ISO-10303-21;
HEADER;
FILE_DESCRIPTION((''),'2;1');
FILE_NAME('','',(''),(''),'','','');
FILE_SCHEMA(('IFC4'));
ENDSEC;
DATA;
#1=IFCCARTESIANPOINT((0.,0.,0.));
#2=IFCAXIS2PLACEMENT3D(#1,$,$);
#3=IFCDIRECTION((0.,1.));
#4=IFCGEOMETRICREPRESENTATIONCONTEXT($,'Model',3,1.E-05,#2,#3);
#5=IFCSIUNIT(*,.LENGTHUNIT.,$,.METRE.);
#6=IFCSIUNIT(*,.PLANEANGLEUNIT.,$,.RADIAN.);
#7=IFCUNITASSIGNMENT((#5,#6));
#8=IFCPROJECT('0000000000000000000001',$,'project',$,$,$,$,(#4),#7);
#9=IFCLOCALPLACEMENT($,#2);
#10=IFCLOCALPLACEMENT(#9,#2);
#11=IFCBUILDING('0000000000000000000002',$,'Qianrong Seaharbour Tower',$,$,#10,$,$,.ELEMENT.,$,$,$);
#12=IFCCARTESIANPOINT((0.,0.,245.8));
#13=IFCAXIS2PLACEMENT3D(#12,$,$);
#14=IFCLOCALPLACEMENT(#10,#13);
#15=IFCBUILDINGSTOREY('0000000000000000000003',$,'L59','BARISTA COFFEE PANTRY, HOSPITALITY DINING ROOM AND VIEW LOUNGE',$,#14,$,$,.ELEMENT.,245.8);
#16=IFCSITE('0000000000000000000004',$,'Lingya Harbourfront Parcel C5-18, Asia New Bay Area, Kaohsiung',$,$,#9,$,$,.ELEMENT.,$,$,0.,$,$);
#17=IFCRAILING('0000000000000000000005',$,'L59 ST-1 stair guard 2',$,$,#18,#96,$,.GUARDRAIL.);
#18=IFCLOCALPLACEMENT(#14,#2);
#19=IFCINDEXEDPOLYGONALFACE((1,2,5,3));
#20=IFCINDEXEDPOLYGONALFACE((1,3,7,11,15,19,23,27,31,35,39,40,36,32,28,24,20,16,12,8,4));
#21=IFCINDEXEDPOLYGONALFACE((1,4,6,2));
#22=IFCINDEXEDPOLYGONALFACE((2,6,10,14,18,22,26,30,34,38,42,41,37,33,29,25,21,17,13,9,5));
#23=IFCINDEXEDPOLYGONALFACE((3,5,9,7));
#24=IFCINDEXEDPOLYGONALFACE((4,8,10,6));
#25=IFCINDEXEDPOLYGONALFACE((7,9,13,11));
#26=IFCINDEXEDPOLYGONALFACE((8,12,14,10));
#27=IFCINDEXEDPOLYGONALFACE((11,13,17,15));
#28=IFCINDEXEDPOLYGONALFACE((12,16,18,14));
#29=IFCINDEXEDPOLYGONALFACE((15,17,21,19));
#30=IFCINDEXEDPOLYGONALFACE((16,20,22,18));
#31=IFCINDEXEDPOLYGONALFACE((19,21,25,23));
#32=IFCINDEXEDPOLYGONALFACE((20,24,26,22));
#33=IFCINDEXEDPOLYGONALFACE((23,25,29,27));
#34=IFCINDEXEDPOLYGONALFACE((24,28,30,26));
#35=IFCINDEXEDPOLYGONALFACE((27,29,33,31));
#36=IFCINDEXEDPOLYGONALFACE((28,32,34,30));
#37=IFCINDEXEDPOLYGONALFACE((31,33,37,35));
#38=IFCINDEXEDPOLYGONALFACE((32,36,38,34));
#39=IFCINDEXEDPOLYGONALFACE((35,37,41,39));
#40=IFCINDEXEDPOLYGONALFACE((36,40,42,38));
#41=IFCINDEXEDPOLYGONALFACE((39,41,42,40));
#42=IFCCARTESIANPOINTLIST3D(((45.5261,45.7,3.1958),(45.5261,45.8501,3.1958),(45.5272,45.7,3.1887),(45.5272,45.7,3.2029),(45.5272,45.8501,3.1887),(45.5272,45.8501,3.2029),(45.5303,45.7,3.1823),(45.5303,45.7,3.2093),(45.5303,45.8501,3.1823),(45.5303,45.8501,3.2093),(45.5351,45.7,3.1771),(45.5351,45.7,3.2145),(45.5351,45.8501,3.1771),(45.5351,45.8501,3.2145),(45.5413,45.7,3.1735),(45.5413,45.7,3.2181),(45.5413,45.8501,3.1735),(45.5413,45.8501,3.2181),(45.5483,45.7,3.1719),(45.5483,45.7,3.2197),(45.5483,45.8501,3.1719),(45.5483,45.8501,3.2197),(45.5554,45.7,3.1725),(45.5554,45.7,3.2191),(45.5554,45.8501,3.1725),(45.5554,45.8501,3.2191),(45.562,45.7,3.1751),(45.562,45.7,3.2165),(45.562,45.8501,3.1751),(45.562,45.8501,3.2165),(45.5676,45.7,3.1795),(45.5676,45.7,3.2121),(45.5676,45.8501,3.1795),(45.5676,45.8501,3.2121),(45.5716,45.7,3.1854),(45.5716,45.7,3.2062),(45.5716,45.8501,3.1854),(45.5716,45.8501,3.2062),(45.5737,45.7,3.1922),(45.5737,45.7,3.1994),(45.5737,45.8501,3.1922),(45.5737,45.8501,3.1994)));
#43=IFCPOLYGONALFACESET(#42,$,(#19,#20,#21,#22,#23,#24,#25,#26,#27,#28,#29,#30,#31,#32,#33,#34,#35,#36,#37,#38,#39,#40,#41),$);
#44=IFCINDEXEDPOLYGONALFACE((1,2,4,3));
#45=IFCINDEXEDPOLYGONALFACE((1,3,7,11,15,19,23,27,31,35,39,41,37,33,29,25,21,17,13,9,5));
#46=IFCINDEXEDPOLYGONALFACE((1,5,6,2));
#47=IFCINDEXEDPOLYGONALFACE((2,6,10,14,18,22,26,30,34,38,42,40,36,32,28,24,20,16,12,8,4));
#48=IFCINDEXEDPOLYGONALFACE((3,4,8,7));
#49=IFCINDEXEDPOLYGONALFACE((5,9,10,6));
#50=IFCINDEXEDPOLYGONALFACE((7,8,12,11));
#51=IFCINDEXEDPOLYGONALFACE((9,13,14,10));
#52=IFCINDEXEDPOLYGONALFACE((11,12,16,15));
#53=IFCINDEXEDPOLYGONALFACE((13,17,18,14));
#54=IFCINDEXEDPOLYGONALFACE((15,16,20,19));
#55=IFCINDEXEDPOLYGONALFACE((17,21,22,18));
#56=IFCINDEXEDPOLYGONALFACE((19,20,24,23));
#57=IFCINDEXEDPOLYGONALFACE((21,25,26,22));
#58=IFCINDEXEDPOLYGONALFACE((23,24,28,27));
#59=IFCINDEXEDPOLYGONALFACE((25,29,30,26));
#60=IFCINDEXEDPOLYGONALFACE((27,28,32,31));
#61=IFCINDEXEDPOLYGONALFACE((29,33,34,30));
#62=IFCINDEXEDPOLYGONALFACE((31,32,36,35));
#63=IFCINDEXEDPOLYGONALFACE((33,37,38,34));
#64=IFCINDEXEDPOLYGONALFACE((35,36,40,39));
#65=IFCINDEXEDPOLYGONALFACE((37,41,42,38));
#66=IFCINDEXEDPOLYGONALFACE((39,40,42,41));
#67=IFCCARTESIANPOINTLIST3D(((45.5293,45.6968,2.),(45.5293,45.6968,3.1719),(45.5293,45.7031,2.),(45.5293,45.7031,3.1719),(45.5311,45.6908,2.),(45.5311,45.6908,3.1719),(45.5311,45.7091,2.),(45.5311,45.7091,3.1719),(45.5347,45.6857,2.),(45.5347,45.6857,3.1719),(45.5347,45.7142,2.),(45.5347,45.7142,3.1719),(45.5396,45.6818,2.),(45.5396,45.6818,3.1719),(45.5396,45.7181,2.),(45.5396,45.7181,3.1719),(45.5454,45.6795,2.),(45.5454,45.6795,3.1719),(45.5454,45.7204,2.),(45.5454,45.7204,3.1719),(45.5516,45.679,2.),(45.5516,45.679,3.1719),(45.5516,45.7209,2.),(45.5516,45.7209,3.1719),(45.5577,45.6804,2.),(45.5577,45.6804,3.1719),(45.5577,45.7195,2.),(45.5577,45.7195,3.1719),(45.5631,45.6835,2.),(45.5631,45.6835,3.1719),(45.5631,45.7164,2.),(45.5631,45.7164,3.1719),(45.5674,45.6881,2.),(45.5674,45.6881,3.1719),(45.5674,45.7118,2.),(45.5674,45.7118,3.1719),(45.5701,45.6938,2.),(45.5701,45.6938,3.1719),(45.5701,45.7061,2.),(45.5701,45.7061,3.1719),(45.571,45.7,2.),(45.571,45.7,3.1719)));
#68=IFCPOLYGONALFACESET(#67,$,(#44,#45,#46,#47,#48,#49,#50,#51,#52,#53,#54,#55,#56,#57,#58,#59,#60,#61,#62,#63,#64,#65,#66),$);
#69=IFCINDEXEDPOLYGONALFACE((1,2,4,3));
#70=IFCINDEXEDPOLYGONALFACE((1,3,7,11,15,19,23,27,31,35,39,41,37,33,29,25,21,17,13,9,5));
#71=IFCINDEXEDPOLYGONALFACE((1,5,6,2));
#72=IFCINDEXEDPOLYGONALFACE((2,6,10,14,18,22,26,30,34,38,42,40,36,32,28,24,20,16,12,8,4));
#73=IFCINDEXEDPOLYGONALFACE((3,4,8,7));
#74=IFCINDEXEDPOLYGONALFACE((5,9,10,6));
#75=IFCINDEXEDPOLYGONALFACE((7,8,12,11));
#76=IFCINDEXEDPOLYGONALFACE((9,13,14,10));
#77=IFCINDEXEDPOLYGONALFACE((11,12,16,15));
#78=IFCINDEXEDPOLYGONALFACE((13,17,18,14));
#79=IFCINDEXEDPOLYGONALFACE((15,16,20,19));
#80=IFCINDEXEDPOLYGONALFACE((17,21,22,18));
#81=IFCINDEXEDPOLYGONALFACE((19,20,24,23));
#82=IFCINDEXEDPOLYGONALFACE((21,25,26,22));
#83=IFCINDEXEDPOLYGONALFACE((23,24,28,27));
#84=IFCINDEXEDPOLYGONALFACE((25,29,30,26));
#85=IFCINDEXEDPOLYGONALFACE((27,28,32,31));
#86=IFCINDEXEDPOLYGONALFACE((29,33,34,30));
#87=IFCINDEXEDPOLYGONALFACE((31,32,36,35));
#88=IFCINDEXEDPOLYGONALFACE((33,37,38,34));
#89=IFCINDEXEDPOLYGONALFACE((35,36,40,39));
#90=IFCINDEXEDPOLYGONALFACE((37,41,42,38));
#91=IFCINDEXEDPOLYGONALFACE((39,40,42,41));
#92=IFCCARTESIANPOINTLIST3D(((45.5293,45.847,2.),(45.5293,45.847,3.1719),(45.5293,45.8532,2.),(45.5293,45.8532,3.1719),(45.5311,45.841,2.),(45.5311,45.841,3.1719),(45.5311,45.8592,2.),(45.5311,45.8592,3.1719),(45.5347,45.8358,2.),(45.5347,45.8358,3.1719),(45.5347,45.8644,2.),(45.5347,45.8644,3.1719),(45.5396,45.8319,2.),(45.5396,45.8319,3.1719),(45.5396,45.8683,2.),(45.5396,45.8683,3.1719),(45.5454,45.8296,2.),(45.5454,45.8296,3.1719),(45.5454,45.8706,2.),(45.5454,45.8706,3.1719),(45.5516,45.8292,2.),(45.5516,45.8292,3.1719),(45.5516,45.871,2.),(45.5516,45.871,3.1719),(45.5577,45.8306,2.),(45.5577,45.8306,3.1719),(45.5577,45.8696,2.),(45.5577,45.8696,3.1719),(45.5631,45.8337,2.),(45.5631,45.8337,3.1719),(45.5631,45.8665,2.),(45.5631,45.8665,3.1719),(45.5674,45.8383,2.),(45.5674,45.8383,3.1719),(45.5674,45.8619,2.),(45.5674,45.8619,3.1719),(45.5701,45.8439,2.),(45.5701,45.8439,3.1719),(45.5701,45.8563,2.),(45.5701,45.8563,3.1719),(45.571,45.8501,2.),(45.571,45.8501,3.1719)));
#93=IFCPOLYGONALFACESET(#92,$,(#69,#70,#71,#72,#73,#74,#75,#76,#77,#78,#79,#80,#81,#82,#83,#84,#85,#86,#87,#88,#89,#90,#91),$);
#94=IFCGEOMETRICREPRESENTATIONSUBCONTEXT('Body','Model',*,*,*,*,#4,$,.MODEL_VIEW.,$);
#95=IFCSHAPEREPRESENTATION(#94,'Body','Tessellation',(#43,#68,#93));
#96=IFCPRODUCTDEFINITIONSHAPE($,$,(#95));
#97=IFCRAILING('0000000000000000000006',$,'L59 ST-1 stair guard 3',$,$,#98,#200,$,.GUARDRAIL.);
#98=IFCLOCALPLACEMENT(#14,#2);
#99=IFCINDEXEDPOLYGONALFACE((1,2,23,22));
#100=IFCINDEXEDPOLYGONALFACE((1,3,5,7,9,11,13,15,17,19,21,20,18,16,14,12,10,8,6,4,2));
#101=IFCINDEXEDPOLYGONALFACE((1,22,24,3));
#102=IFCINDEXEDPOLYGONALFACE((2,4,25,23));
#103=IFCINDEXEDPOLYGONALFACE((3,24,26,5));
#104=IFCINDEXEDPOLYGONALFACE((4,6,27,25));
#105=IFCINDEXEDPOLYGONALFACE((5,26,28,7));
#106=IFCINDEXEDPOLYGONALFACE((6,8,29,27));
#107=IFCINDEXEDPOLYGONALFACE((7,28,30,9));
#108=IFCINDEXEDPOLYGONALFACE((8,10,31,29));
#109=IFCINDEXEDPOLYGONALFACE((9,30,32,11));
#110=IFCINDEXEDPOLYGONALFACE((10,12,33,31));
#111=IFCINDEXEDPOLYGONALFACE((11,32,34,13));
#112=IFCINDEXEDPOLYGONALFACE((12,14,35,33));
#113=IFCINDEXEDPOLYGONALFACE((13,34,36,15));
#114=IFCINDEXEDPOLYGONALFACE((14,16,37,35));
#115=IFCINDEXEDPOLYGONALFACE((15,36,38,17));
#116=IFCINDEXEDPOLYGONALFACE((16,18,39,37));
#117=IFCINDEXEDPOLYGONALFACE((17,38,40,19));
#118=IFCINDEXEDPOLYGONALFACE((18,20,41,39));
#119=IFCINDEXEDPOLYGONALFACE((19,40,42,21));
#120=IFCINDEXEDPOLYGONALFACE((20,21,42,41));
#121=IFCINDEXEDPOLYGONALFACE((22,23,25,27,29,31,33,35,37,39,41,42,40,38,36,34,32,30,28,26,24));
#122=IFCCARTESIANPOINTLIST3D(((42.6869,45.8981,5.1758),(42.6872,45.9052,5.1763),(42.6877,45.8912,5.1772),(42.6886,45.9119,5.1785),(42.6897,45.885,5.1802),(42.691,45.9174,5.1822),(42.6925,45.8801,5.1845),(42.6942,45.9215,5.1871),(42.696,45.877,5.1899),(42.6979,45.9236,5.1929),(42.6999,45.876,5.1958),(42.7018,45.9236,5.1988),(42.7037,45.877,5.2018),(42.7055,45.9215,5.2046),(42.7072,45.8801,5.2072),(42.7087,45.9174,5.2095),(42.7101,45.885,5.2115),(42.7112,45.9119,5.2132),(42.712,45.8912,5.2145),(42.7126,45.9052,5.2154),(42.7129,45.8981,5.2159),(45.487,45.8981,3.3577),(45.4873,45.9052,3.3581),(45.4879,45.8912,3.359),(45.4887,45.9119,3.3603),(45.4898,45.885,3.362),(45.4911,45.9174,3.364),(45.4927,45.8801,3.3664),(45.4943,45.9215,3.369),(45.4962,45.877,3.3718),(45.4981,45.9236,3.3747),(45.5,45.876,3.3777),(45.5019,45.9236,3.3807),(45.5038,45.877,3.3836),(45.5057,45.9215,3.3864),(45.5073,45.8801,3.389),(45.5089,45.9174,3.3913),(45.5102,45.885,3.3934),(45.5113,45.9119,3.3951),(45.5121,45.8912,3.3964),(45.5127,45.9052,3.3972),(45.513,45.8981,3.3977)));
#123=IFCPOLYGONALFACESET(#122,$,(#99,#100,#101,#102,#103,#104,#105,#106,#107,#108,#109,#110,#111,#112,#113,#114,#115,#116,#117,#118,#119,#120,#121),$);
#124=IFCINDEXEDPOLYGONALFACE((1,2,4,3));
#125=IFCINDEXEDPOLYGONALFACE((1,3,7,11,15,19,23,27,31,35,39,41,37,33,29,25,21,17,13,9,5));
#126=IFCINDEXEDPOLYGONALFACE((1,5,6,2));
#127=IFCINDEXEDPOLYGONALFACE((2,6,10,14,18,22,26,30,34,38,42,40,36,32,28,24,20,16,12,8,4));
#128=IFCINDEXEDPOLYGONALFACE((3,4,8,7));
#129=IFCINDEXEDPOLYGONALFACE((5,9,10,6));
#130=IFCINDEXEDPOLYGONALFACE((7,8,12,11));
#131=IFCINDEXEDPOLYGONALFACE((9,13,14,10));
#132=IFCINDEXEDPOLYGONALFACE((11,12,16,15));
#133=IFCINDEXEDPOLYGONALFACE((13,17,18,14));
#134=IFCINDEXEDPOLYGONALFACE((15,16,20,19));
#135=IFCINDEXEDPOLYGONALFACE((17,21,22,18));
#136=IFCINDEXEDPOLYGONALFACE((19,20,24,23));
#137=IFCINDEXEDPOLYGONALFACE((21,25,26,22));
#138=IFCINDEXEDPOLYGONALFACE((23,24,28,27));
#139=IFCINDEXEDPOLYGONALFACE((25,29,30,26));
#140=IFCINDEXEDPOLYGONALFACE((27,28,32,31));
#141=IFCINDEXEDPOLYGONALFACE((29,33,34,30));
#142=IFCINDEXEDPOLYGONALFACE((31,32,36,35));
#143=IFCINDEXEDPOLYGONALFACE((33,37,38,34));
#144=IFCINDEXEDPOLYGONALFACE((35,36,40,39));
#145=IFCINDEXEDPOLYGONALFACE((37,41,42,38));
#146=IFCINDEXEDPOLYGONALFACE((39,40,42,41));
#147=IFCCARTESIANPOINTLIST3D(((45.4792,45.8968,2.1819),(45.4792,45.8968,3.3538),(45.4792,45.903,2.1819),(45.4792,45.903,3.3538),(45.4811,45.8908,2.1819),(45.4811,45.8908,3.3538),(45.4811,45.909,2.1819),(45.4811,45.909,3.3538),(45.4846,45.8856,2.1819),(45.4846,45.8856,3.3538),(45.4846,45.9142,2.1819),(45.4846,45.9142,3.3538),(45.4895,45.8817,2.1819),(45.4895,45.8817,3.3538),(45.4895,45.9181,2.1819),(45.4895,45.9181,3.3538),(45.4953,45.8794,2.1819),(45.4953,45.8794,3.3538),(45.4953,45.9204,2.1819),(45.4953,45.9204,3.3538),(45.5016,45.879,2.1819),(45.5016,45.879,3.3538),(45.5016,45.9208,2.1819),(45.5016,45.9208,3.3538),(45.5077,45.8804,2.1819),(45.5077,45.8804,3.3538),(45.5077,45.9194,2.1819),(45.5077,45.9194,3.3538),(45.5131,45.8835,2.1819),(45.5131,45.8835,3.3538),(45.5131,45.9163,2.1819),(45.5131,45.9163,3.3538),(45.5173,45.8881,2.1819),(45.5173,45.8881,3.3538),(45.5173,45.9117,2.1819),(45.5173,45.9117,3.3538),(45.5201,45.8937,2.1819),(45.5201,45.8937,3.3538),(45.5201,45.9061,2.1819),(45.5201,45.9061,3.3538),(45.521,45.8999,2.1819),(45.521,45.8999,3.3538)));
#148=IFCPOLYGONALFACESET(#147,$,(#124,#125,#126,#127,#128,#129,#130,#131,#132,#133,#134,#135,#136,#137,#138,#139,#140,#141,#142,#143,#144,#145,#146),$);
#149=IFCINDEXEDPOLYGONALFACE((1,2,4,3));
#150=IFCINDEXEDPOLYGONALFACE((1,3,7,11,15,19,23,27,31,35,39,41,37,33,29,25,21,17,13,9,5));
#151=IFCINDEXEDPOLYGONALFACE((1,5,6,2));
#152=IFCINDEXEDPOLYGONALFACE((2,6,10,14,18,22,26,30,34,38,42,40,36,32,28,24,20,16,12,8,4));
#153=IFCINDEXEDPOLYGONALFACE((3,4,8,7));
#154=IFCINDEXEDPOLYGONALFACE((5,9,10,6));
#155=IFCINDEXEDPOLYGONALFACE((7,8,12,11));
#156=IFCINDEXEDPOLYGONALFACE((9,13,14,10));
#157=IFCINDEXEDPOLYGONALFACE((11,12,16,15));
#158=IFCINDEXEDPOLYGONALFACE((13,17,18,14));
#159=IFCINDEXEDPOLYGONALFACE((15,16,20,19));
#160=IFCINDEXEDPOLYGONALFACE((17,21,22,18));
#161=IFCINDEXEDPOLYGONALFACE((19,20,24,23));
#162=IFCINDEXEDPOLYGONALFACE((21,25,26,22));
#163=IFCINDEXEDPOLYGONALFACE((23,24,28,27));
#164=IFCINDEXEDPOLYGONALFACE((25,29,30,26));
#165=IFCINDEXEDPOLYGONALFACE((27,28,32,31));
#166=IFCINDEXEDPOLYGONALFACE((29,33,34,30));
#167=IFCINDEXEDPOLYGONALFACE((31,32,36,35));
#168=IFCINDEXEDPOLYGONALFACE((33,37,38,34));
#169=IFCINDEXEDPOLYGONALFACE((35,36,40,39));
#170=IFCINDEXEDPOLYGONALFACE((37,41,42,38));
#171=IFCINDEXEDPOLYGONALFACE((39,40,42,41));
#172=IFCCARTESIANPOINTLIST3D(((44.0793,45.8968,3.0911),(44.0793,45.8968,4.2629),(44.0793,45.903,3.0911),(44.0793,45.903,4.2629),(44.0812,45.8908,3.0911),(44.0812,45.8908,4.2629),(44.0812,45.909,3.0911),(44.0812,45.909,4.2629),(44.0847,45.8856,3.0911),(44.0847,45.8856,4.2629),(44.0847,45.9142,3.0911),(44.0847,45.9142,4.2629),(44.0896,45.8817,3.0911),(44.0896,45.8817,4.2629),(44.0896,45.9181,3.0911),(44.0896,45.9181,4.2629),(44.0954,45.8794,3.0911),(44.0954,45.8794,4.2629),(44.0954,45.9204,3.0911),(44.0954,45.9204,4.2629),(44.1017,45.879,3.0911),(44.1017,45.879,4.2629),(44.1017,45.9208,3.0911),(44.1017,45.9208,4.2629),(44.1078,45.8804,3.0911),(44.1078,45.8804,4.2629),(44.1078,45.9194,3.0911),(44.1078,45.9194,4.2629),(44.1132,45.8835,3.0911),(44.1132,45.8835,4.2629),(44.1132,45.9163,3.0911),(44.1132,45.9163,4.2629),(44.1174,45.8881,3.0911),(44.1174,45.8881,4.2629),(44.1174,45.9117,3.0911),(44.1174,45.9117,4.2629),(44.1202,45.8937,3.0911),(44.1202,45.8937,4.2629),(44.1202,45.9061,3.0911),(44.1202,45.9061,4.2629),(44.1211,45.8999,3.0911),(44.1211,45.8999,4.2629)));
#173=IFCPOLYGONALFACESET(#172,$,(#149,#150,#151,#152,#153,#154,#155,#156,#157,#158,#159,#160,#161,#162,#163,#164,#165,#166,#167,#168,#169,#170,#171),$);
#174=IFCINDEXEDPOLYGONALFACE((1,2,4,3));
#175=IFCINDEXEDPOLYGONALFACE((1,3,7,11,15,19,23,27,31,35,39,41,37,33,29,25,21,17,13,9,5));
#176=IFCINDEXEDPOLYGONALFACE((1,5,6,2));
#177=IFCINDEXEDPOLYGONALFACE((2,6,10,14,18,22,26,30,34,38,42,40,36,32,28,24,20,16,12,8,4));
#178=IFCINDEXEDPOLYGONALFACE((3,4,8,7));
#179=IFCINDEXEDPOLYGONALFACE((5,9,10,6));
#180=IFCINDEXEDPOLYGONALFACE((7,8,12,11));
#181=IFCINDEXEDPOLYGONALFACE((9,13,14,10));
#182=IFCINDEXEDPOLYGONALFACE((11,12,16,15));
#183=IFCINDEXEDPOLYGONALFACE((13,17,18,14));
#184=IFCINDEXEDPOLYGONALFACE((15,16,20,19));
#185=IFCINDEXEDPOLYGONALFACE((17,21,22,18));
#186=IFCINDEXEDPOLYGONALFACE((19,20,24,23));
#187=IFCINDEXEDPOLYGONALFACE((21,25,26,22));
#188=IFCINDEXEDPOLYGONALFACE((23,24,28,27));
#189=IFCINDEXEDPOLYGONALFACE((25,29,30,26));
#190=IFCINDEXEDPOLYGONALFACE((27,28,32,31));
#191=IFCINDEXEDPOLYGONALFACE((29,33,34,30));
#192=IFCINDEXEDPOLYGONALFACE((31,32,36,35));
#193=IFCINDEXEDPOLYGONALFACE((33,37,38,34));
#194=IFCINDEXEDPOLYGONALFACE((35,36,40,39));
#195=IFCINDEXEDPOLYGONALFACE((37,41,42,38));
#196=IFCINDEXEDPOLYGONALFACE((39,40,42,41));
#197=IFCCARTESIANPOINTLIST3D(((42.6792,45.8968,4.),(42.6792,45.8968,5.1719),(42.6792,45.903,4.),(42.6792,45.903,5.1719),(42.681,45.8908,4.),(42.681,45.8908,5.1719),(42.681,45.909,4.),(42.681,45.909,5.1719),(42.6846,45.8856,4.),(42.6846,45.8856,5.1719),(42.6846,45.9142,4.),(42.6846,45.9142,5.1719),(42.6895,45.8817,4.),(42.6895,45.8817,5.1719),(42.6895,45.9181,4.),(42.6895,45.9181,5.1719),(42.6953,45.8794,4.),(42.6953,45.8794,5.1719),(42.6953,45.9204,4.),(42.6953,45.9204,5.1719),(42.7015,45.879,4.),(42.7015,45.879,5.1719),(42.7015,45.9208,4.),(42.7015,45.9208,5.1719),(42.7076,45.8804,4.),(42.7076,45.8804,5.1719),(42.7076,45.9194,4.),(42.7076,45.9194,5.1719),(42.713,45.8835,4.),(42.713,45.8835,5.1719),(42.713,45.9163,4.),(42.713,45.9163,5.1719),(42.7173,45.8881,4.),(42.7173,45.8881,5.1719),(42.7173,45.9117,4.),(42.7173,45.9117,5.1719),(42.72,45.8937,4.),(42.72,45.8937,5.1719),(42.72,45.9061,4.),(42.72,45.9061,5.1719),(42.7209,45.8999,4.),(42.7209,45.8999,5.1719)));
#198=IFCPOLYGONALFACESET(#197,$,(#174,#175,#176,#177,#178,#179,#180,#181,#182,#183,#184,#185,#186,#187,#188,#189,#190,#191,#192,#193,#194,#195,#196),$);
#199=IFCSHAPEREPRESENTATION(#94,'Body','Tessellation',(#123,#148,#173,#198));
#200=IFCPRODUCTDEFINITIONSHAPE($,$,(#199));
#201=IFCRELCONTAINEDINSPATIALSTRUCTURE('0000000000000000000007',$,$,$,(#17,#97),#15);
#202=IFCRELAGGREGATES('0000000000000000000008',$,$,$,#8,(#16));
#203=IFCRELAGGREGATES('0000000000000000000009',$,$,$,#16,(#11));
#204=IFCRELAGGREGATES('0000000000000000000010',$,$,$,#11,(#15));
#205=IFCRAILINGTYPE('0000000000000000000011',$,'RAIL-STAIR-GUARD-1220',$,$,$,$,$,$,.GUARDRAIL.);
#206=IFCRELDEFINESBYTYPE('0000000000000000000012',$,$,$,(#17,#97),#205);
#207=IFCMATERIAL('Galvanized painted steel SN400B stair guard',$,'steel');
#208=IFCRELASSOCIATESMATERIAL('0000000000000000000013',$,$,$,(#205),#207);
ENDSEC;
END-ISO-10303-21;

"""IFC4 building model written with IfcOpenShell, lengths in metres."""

from ifc_helpers import new_model, si_unit, direction, frame, origin, origin_2d, place, context, subcontext, project, spatial, circle, extrude, material, type_object, element, save


model = new_model("IFC4")

# Units and contexts
model_context = context("Model", 3, precision=1e-05, world=origin(), true_north=direction((0.0, 1.0)))
body_context = subcontext(model_context, "Body", "Model", "MODEL_VIEW")
ifc_project = project(units=[si_unit("LENGTHUNIT", "METRE"), si_unit("PLANEANGLEUNIT", "RADIAN")], contexts=[model_context])

# Site, building, storey
site_placement = place(None, origin())
site = spatial("IfcSite", under=ifc_project, at=site_placement, Name="Lingya Harbourfront Parcel C5-18, Asia New Bay Area, Kaohsiung", CompositionType="ELEMENT", RefElevation=0.0)
building_placement = place(site_placement, origin())
building = spatial("IfcBuilding", under=site, at=building_placement, Name="Qianrong Seaharbour Tower", CompositionType="ELEMENT")
storey_placement = place(building_placement, frame((0.0, 0.0, 245.8)))
storey = spatial("IfcBuildingStorey", under=building, at=storey_placement, Name="L59", Description="BARISTA COFFEE PANTRY, HOSPITALITY DINING ROOM AND VIEW LOUNGE", CompositionType="ELEMENT", Elevation=245.8)

# Railings
ifc_material_1 = material(Name="Galvanized painted steel SN400B stair guard", Category="steel")
railing_type_1 = type_object("IfcRailingType", Name="RAIL-STAIR-GUARD-1220", PredefinedType="GUARDRAIL", material=ifc_material_1)
railing_1_placement = place(storey_placement, frame((45.55, 45.7, 2.0)))
element("IfcRailing", 1, at=railing_1_placement, inside=storey, type_object=railing_type_1, Name="L59 ST-1 stair guard 2", PredefinedType="GUARDRAIL", context=body_context, shape_type="SweptSolid", body=[
    extrude(circle(Radius=0.0239, at=origin_2d()), frame((0.0, 0.0, 1.1958), z_axis=(0.0, 1.0, 0.0), x_axis=(-1.0, 0.0, 0.0)), (0.0, 0.0, 1.0), 0.1501),
    extrude(circle(Radius=0.021, at=origin_2d()), origin(), (0.0, 0.0, 1.0), 1.1719),
    extrude(circle(Radius=0.021, at=origin_2d()), frame((0.0, 0.1501, 0.0)), (0.0, 0.0, 1.0), 1.1719),
])
railing_2_placement = place(storey_placement, frame((45.5, 45.8999, 2.1819)))
element("IfcRailing", 2, at=railing_2_placement, inside=storey, type_object=railing_type_1, Name="L59 ST-1 stair guard 3", PredefinedType="GUARDRAIL", context=body_context, shape_type="SweptSolid", body=[
    extrude(circle(Radius=0.0239, at=origin_2d()), frame((0.0, 0.0, 1.1958), z_axis=(-0.838706, 0.0, 0.544585), x_axis=(0.0, -1.0, 0.0)), (0.0, 0.0, 1.0), 3.3386),
    extrude(circle(Radius=0.021, at=origin_2d()), origin(), (0.0, 0.0, 1.0), 1.1719),
    extrude(circle(Radius=0.021, at=origin_2d()), frame((-1.3999, 0.0, 0.9092)), (0.0, 0.0, 1.0), 1.1719),
    extrude(circle(Radius=0.021, at=origin_2d()), frame((-2.8, 0.0, 1.8181)), (0.0, 0.0, 1.0), 1.1719),
])

save(model, "model.ifc")
